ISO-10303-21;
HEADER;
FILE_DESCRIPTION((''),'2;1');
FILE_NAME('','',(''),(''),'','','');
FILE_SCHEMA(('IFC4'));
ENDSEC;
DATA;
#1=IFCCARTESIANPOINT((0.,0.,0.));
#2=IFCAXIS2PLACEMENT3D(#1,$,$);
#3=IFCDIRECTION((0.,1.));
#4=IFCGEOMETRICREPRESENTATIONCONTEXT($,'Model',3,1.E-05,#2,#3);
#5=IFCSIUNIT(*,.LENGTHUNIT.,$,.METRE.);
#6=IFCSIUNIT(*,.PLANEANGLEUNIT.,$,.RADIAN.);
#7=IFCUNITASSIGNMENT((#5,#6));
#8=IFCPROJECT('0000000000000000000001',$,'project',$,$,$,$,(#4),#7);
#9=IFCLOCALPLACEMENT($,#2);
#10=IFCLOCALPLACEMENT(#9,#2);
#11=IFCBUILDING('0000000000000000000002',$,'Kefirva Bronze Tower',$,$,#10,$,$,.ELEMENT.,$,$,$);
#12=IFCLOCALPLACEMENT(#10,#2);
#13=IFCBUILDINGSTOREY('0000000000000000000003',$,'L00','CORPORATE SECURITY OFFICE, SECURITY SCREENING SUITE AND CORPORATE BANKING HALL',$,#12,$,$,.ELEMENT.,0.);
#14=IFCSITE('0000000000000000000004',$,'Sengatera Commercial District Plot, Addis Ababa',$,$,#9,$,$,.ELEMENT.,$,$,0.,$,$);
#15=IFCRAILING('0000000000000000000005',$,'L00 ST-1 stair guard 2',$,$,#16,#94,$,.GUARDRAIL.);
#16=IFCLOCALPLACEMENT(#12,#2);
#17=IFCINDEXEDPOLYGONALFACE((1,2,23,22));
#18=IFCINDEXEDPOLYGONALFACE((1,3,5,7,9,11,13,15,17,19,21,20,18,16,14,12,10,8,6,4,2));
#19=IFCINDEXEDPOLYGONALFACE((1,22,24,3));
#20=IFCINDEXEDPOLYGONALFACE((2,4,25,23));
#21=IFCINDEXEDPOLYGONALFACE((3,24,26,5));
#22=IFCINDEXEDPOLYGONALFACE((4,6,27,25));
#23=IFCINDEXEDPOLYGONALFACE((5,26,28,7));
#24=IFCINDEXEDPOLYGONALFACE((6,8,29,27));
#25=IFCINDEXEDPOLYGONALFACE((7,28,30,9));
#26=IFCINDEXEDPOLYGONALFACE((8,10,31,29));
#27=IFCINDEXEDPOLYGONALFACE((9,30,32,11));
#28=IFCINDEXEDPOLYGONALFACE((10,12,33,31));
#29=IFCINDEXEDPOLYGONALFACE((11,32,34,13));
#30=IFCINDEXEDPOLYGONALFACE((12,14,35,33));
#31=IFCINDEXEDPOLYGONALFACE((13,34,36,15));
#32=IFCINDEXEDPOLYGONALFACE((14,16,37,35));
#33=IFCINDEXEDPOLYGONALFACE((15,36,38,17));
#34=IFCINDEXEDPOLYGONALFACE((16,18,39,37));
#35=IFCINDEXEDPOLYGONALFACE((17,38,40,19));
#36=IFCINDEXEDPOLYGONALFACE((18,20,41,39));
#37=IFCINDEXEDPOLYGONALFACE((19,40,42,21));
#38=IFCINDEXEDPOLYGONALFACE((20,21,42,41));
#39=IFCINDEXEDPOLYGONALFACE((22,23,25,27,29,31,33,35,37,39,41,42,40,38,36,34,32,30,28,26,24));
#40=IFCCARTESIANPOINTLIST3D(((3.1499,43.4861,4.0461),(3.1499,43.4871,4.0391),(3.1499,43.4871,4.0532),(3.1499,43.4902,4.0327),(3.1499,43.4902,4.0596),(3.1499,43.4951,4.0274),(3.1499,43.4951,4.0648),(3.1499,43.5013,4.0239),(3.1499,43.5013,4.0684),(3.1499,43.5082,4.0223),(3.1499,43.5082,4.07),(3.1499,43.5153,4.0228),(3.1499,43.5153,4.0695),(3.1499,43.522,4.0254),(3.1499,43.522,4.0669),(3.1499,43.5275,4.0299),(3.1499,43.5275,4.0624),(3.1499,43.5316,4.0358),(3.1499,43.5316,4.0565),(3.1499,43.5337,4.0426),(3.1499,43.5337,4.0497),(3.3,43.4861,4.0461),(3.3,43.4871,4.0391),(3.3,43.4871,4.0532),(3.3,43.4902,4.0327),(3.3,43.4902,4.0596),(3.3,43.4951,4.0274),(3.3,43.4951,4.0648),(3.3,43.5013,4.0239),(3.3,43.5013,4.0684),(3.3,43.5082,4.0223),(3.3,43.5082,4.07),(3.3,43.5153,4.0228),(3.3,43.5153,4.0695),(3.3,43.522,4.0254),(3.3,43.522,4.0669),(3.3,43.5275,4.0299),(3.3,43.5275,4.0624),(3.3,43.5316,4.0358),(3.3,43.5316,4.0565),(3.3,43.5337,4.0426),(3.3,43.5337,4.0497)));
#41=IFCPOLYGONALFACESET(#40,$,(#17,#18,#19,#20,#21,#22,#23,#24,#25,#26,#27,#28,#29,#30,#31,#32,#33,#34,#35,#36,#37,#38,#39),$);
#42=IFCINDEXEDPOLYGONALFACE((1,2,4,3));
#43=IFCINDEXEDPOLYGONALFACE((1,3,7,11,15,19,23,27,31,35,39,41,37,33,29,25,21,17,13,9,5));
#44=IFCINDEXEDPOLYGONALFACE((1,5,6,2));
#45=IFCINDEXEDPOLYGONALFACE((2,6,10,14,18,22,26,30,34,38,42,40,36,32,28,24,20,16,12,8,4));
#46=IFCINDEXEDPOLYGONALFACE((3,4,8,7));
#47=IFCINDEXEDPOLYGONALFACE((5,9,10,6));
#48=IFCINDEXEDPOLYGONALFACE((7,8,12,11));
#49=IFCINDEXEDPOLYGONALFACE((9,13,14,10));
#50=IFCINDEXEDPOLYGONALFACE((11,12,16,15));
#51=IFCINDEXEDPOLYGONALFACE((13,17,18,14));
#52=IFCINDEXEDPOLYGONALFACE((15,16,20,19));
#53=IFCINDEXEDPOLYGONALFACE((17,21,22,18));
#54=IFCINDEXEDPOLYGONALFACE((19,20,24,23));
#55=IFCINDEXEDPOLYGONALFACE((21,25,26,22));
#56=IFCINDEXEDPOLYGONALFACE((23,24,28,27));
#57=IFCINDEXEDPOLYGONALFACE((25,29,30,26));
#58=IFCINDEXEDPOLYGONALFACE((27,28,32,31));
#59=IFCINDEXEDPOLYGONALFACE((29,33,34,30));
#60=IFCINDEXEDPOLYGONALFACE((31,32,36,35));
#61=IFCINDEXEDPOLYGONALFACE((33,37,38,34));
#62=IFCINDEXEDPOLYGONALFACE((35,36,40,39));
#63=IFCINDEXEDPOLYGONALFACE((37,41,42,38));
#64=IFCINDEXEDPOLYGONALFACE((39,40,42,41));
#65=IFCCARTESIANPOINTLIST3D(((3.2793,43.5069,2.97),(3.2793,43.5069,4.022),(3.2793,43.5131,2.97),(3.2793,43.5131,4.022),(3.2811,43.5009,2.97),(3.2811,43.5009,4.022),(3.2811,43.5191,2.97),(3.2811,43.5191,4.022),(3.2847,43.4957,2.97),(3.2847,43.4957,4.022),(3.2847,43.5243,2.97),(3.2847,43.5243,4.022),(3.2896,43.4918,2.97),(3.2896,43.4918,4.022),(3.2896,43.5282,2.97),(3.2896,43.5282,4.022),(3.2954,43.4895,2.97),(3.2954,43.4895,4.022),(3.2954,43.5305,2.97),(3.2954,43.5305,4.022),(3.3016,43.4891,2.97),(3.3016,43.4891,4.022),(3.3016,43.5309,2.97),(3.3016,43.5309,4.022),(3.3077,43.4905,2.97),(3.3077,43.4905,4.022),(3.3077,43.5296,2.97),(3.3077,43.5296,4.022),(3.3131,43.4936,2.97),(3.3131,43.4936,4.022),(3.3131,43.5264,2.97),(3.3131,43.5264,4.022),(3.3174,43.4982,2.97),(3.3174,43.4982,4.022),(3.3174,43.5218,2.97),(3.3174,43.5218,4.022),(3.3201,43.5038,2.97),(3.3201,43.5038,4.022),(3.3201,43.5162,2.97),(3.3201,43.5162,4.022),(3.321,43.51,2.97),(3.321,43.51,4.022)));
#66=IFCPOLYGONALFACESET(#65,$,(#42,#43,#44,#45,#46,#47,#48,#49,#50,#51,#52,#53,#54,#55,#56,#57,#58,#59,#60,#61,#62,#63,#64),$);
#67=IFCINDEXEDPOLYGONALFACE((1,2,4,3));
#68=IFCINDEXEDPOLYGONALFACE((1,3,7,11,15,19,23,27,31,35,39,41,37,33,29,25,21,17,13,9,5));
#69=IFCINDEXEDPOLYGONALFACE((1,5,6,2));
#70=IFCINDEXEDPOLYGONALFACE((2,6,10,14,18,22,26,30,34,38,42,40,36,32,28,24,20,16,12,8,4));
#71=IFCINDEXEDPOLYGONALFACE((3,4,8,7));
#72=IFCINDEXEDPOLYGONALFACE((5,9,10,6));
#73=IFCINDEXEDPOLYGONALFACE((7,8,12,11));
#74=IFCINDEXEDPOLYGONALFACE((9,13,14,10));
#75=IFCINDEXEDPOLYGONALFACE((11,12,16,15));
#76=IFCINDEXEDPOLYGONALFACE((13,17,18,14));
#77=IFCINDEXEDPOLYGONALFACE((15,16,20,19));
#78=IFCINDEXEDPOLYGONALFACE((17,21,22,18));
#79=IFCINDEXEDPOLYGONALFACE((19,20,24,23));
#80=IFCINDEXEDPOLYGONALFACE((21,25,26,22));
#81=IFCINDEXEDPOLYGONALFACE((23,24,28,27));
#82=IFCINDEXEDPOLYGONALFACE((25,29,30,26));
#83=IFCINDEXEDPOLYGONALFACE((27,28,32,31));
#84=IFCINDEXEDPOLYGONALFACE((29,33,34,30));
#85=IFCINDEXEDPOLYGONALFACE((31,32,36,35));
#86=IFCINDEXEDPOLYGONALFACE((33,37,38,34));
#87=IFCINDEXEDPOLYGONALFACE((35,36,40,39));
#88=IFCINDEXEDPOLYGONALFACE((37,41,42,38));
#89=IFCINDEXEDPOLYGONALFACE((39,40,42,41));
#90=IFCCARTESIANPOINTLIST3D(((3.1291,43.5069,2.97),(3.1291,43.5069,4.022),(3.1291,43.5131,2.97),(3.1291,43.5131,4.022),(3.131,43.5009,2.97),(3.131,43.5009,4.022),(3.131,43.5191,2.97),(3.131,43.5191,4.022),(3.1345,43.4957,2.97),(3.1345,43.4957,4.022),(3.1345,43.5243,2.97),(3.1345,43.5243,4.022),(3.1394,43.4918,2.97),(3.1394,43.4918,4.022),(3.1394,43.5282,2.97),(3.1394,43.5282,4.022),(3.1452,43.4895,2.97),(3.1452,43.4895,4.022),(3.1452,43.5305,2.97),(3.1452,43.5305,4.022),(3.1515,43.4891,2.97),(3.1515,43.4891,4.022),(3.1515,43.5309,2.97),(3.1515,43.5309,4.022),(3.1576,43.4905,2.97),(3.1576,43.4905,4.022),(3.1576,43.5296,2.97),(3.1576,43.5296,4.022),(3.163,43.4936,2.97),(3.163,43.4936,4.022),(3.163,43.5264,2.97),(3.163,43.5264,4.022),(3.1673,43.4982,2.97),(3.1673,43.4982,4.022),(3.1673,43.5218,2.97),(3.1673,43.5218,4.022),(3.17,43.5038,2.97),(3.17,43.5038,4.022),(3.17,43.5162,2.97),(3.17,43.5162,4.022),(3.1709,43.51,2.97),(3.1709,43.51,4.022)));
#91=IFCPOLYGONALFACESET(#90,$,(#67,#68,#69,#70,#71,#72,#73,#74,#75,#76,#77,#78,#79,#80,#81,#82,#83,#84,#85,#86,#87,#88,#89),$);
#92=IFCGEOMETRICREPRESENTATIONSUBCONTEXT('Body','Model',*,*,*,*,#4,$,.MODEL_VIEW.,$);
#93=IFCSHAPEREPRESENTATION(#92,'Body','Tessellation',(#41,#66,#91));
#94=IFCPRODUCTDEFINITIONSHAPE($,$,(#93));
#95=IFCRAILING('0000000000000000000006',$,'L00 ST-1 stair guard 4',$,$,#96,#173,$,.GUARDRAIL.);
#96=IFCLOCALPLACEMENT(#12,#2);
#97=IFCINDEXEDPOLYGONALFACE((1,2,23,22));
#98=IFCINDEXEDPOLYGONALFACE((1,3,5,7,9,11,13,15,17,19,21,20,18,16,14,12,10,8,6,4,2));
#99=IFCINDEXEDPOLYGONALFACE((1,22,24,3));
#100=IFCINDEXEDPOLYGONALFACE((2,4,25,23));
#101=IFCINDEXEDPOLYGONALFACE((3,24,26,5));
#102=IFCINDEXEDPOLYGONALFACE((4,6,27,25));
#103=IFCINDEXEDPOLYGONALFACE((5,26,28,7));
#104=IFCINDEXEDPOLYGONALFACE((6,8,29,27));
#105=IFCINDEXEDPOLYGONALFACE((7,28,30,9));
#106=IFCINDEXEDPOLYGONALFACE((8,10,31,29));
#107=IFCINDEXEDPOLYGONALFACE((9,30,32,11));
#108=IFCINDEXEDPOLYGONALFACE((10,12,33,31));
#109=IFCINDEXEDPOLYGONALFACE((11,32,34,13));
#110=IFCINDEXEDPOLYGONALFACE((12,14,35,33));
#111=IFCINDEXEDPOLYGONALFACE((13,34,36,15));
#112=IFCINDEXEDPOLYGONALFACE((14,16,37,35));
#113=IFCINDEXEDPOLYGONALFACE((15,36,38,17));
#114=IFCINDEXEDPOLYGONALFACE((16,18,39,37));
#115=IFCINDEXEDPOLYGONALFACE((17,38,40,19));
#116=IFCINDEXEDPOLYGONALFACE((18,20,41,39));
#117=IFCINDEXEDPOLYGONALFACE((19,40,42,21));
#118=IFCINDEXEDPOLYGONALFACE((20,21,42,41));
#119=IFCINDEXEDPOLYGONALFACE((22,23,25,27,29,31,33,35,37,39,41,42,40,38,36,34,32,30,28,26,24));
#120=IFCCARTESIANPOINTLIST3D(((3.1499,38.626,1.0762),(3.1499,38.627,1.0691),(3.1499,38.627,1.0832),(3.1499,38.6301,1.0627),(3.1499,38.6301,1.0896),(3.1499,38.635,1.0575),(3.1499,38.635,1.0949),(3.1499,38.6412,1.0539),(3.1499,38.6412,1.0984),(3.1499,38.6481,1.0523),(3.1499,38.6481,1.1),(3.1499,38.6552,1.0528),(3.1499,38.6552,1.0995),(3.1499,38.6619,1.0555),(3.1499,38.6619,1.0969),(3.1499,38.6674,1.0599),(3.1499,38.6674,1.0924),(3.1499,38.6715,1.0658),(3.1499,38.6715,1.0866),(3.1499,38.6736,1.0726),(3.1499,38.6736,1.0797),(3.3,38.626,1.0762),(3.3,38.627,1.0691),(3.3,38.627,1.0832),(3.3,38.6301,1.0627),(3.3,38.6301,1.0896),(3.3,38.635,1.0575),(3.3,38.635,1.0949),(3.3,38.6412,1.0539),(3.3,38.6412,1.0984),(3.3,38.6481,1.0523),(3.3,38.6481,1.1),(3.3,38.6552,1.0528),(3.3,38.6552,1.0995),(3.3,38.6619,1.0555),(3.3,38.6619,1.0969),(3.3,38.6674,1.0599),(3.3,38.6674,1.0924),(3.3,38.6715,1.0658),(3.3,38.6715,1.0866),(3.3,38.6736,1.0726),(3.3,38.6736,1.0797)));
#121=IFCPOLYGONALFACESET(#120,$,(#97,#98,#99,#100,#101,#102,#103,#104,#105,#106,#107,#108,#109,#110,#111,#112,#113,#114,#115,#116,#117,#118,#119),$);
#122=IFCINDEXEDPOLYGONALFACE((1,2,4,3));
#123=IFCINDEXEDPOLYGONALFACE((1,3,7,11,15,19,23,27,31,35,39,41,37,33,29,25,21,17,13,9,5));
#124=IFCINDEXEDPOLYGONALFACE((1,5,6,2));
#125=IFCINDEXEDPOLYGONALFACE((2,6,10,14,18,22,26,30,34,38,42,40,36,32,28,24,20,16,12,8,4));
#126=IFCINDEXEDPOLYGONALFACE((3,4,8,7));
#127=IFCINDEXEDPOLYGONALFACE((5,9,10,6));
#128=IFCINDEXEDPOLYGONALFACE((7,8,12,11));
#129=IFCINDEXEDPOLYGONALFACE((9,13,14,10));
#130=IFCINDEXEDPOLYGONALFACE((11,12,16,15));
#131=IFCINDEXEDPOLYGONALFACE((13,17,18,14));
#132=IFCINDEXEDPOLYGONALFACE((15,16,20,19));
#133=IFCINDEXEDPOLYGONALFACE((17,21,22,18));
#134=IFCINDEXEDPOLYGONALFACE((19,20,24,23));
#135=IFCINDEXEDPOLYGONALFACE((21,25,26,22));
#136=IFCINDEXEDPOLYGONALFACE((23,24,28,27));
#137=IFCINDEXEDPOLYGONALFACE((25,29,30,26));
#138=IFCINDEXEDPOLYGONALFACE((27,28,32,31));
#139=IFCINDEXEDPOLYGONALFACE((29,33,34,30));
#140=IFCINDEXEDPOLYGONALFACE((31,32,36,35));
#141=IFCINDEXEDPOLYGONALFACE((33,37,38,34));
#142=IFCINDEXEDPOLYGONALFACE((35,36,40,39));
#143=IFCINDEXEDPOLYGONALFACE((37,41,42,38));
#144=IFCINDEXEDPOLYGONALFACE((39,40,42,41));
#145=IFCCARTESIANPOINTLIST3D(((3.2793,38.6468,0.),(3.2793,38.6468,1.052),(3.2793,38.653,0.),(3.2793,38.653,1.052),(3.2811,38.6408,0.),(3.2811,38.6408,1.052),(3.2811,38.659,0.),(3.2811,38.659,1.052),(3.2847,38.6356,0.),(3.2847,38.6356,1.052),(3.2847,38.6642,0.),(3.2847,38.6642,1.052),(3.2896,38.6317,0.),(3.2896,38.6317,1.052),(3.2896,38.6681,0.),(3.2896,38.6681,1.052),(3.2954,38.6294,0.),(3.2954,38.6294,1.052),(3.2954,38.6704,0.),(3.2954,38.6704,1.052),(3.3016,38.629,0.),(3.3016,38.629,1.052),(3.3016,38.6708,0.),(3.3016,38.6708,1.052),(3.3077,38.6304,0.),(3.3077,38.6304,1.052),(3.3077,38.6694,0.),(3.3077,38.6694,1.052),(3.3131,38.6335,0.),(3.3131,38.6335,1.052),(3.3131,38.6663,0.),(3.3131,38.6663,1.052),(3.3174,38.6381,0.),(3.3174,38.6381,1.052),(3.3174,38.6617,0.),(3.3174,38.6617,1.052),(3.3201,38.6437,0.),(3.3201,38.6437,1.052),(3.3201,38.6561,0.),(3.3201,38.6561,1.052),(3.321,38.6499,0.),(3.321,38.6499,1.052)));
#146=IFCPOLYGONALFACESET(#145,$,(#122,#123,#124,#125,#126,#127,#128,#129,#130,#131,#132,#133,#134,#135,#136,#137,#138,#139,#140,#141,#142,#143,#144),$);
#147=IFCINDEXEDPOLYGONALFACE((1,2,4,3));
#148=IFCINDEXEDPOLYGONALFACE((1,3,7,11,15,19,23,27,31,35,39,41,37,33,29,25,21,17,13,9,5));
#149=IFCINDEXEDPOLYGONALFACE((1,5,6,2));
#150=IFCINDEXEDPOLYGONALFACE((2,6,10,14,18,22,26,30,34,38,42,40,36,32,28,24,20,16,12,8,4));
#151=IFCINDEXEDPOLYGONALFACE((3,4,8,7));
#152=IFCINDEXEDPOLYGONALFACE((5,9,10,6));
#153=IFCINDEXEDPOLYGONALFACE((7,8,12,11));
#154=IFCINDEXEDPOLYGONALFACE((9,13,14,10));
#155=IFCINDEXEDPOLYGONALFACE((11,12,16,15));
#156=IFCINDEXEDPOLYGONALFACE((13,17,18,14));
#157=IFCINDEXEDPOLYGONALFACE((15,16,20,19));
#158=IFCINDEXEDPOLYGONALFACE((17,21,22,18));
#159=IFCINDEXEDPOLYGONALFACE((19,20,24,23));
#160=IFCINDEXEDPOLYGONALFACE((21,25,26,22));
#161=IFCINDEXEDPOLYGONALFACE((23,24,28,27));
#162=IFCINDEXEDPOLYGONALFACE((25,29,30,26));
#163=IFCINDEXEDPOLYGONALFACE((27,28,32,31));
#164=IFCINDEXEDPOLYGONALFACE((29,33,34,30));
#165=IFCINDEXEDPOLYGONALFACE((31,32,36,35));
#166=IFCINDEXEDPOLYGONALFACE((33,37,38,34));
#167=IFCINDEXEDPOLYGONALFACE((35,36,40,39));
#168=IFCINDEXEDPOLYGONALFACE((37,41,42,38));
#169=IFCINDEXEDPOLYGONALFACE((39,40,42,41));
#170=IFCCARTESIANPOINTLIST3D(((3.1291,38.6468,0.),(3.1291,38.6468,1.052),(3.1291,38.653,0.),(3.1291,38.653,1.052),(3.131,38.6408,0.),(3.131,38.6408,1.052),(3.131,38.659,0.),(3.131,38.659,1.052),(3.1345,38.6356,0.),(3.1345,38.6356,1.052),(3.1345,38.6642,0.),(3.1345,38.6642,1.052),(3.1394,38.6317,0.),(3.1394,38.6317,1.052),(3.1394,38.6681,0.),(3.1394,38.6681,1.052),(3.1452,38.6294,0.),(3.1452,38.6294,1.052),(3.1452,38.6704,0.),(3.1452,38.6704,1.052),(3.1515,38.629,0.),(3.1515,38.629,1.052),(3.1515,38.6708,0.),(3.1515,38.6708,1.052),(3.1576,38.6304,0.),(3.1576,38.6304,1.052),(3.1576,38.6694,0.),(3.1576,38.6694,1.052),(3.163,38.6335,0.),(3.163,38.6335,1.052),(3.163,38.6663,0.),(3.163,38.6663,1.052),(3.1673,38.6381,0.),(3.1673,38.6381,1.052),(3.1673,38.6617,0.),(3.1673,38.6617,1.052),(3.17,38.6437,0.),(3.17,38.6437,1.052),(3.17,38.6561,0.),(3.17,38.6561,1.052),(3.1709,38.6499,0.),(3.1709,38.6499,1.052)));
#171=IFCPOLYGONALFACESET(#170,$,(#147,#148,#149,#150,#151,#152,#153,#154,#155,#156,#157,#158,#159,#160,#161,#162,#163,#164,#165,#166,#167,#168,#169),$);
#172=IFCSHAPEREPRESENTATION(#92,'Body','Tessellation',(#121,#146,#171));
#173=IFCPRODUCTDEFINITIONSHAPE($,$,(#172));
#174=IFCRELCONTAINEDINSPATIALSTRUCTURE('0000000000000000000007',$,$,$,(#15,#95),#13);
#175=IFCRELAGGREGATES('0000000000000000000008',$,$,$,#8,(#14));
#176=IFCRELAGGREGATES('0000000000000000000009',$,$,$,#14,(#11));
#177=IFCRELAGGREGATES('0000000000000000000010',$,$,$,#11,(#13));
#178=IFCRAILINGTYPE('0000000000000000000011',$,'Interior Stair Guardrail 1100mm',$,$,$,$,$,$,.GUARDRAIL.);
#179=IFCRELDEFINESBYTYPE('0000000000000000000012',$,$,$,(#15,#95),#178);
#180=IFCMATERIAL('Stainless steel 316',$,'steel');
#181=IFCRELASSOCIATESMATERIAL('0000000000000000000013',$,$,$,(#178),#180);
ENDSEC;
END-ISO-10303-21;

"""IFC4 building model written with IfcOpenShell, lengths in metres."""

from ifc_helpers import new_model, si_unit, direction, frame, origin, origin_2d, place, context, subcontext, project, spatial, circle, extrude, material, type_object, element, save


model = new_model("IFC4")

# Units and contexts
model_context = context("Model", 3, precision=1e-05, world=origin(), true_north=direction((0.0, 1.0)))
body_context = subcontext(model_context, "Body", "Model", "MODEL_VIEW")
ifc_project = project(units=[si_unit("LENGTHUNIT", "METRE"), si_unit("PLANEANGLEUNIT", "RADIAN")], contexts=[model_context])

# Site, building, storey
site_placement = place(None, origin())
site = spatial("IfcSite", under=ifc_project, at=site_placement, Name="Sengatera Commercial District Plot, Addis Ababa", CompositionType="ELEMENT", RefElevation=0.0)
building_placement = place(site_placement, origin())
building = spatial("IfcBuilding", under=site, at=building_placement, Name="Kefirva Bronze Tower", CompositionType="ELEMENT")
storey_placement = place(building_placement, origin())
storey = spatial("IfcBuildingStorey", under=building, at=storey_placement, Name="L00", Description="CORPORATE SECURITY OFFICE, SECURITY SCREENING SUITE AND CORPORATE BANKING HALL", CompositionType="ELEMENT", Elevation=0.0)

# Shared definitions
ifc_material_1 = material(Name="Stainless steel 316", Category="steel")

# Railings
railing_type_1 = type_object("IfcRailingType", Name="Interior Stair Guardrail 1100mm", PredefinedType="GUARDRAIL", material=ifc_material_1)
railing_1_placement = place(storey_placement, frame((3.3, 43.51, 2.97)))
element("IfcRailing", 1, at=railing_1_placement, inside=storey, type_object=railing_type_1, Name="L00 ST-1 stair guard 2", PredefinedType="GUARDRAIL", context=body_context, shape_type="SweptSolid", body=[
    extrude(circle(Radius=0.0239, at=origin_2d()), frame((0.0, 0.0, 1.0762), z_axis=(-1.0, 0.0, 0.0), x_axis=(0.0, -1.0, 0.0)), (0.0, 0.0, 1.0), 0.1501),
    extrude(circle(Radius=0.021, at=origin_2d()), origin(), (0.0, 0.0, 1.0), 1.052),
    extrude(circle(Radius=0.021, at=origin_2d()), frame((-0.1501, 0.0, 0.0)), (0.0, 0.0, 1.0), 1.052),
])
railing_2_placement = place(storey_placement, frame((3.3, 38.6499, 0.0)))
element("IfcRailing", 2, at=railing_2_placement, inside=storey, type_object=railing_type_1, Name="L00 ST-1 stair guard 4", PredefinedType="GUARDRAIL", context=body_context, shape_type="SweptSolid", body=[
    extrude(circle(Radius=0.0239, at=origin_2d()), frame((0.0, 0.0, 1.0762), z_axis=(-1.0, 0.0, 0.0), x_axis=(0.0, -1.0, 0.0)), (0.0, 0.0, 1.0), 0.1501),
    extrude(circle(Radius=0.021, at=origin_2d()), origin(), (0.0, 0.0, 1.0), 1.052),
    extrude(circle(Radius=0.021, at=origin_2d()), frame((-0.1501, 0.0, 0.0)), (0.0, 0.0, 1.0), 1.052),
])

save(model, "model.ifc")
